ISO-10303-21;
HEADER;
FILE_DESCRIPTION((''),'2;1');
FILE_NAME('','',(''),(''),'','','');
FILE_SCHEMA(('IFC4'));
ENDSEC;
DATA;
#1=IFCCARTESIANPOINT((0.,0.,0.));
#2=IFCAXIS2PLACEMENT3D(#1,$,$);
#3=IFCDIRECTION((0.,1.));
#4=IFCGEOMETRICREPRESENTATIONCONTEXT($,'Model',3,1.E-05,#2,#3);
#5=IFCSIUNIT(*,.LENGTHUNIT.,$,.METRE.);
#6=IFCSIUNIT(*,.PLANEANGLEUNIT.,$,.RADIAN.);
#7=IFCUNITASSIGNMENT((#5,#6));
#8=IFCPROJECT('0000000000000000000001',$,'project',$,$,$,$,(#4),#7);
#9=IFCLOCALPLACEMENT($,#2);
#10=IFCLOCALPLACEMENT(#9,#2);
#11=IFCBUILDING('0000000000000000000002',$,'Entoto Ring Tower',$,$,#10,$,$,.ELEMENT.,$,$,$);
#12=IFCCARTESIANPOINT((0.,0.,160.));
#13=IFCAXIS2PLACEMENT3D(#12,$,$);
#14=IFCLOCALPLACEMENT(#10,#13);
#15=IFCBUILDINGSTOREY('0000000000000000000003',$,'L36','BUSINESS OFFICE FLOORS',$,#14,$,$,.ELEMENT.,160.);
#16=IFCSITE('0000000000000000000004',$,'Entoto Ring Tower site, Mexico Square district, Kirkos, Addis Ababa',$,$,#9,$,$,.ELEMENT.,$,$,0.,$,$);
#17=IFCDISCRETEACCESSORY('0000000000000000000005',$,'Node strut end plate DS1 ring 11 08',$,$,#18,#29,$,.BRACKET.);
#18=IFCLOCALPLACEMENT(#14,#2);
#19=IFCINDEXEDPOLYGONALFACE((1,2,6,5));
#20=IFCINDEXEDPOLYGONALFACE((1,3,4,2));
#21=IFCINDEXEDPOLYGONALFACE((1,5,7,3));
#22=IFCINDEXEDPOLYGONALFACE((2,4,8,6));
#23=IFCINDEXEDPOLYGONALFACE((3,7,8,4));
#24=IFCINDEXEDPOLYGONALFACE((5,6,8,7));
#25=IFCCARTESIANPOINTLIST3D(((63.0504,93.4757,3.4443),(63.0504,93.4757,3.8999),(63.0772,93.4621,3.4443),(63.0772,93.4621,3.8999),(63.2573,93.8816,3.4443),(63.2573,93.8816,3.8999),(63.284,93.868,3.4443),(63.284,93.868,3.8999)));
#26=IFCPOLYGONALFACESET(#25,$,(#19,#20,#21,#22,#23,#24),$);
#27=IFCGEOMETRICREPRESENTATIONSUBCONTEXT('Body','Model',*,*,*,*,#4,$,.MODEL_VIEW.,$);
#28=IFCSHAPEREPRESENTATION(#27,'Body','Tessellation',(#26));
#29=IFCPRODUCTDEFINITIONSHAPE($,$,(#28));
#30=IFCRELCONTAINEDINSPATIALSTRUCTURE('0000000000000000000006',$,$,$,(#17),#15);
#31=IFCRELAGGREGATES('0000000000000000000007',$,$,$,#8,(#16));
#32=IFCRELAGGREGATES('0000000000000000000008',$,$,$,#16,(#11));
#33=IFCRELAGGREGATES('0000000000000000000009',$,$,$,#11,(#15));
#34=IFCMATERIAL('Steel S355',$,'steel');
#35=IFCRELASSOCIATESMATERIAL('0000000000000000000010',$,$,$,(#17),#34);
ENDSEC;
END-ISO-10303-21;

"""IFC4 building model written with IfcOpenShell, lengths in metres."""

from ifc_helpers import new_model, si_unit, direction, frame, origin, origin_2d, place, context, subcontext, project, spatial, rectangle, extrude, material, element, save


model = new_model("IFC4")

# Units and contexts
model_context = context("Model", 3, precision=1e-05, world=origin(), true_north=direction((0.0, 1.0)))
body_context = subcontext(model_context, "Body", "Model", "MODEL_VIEW")
ifc_project = project(units=[si_unit("LENGTHUNIT", "METRE"), si_unit("PLANEANGLEUNIT", "RADIAN")], contexts=[model_context])

# Site, building, storey
site_placement = place(None, origin())
site = spatial("IfcSite", under=ifc_project, at=site_placement, Name="Entoto Ring Tower site, Mexico Square district, Kirkos, Addis Ababa", CompositionType="ELEMENT", RefElevation=0.0)
building_placement = place(site_placement, origin())
building = spatial("IfcBuilding", under=site, at=building_placement, Name="Entoto Ring Tower", CompositionType="ELEMENT")
storey_placement = place(building_placement, frame((0.0, 0.0, 160.0)))
storey = spatial("IfcBuildingStorey", under=building, at=storey_placement, Name="L36", Description="BUSINESS OFFICE FLOORS", CompositionType="ELEMENT", Elevation=160.0)

# Discrete accessory
ifc_material_1 = material(Name="Steel S355", Category="steel")
for number, where, z_axis, x_axis, name in (
    (1, (63.1672, 93.6719, 3.4443), (0.0, 0.0, 1.0), (-0.891007, 0.45399, 0.0), "Node strut end plate DS1 ring 11 08"),
):
    element("IfcDiscreteAccessory", number, at=place(storey_placement, frame(where, z_axis=z_axis, x_axis=x_axis)), inside=storey, material=ifc_material_1, Name=name, PredefinedType="BRACKET", context=body_context, shape_type="SweptSolid", body=[
        extrude(rectangle(XDim=0.03, YDim=0.4556, at=origin_2d()), origin(), (0.0, 0.0, 1.0), 0.4556),
    ])

save(model, "model.ifc")
